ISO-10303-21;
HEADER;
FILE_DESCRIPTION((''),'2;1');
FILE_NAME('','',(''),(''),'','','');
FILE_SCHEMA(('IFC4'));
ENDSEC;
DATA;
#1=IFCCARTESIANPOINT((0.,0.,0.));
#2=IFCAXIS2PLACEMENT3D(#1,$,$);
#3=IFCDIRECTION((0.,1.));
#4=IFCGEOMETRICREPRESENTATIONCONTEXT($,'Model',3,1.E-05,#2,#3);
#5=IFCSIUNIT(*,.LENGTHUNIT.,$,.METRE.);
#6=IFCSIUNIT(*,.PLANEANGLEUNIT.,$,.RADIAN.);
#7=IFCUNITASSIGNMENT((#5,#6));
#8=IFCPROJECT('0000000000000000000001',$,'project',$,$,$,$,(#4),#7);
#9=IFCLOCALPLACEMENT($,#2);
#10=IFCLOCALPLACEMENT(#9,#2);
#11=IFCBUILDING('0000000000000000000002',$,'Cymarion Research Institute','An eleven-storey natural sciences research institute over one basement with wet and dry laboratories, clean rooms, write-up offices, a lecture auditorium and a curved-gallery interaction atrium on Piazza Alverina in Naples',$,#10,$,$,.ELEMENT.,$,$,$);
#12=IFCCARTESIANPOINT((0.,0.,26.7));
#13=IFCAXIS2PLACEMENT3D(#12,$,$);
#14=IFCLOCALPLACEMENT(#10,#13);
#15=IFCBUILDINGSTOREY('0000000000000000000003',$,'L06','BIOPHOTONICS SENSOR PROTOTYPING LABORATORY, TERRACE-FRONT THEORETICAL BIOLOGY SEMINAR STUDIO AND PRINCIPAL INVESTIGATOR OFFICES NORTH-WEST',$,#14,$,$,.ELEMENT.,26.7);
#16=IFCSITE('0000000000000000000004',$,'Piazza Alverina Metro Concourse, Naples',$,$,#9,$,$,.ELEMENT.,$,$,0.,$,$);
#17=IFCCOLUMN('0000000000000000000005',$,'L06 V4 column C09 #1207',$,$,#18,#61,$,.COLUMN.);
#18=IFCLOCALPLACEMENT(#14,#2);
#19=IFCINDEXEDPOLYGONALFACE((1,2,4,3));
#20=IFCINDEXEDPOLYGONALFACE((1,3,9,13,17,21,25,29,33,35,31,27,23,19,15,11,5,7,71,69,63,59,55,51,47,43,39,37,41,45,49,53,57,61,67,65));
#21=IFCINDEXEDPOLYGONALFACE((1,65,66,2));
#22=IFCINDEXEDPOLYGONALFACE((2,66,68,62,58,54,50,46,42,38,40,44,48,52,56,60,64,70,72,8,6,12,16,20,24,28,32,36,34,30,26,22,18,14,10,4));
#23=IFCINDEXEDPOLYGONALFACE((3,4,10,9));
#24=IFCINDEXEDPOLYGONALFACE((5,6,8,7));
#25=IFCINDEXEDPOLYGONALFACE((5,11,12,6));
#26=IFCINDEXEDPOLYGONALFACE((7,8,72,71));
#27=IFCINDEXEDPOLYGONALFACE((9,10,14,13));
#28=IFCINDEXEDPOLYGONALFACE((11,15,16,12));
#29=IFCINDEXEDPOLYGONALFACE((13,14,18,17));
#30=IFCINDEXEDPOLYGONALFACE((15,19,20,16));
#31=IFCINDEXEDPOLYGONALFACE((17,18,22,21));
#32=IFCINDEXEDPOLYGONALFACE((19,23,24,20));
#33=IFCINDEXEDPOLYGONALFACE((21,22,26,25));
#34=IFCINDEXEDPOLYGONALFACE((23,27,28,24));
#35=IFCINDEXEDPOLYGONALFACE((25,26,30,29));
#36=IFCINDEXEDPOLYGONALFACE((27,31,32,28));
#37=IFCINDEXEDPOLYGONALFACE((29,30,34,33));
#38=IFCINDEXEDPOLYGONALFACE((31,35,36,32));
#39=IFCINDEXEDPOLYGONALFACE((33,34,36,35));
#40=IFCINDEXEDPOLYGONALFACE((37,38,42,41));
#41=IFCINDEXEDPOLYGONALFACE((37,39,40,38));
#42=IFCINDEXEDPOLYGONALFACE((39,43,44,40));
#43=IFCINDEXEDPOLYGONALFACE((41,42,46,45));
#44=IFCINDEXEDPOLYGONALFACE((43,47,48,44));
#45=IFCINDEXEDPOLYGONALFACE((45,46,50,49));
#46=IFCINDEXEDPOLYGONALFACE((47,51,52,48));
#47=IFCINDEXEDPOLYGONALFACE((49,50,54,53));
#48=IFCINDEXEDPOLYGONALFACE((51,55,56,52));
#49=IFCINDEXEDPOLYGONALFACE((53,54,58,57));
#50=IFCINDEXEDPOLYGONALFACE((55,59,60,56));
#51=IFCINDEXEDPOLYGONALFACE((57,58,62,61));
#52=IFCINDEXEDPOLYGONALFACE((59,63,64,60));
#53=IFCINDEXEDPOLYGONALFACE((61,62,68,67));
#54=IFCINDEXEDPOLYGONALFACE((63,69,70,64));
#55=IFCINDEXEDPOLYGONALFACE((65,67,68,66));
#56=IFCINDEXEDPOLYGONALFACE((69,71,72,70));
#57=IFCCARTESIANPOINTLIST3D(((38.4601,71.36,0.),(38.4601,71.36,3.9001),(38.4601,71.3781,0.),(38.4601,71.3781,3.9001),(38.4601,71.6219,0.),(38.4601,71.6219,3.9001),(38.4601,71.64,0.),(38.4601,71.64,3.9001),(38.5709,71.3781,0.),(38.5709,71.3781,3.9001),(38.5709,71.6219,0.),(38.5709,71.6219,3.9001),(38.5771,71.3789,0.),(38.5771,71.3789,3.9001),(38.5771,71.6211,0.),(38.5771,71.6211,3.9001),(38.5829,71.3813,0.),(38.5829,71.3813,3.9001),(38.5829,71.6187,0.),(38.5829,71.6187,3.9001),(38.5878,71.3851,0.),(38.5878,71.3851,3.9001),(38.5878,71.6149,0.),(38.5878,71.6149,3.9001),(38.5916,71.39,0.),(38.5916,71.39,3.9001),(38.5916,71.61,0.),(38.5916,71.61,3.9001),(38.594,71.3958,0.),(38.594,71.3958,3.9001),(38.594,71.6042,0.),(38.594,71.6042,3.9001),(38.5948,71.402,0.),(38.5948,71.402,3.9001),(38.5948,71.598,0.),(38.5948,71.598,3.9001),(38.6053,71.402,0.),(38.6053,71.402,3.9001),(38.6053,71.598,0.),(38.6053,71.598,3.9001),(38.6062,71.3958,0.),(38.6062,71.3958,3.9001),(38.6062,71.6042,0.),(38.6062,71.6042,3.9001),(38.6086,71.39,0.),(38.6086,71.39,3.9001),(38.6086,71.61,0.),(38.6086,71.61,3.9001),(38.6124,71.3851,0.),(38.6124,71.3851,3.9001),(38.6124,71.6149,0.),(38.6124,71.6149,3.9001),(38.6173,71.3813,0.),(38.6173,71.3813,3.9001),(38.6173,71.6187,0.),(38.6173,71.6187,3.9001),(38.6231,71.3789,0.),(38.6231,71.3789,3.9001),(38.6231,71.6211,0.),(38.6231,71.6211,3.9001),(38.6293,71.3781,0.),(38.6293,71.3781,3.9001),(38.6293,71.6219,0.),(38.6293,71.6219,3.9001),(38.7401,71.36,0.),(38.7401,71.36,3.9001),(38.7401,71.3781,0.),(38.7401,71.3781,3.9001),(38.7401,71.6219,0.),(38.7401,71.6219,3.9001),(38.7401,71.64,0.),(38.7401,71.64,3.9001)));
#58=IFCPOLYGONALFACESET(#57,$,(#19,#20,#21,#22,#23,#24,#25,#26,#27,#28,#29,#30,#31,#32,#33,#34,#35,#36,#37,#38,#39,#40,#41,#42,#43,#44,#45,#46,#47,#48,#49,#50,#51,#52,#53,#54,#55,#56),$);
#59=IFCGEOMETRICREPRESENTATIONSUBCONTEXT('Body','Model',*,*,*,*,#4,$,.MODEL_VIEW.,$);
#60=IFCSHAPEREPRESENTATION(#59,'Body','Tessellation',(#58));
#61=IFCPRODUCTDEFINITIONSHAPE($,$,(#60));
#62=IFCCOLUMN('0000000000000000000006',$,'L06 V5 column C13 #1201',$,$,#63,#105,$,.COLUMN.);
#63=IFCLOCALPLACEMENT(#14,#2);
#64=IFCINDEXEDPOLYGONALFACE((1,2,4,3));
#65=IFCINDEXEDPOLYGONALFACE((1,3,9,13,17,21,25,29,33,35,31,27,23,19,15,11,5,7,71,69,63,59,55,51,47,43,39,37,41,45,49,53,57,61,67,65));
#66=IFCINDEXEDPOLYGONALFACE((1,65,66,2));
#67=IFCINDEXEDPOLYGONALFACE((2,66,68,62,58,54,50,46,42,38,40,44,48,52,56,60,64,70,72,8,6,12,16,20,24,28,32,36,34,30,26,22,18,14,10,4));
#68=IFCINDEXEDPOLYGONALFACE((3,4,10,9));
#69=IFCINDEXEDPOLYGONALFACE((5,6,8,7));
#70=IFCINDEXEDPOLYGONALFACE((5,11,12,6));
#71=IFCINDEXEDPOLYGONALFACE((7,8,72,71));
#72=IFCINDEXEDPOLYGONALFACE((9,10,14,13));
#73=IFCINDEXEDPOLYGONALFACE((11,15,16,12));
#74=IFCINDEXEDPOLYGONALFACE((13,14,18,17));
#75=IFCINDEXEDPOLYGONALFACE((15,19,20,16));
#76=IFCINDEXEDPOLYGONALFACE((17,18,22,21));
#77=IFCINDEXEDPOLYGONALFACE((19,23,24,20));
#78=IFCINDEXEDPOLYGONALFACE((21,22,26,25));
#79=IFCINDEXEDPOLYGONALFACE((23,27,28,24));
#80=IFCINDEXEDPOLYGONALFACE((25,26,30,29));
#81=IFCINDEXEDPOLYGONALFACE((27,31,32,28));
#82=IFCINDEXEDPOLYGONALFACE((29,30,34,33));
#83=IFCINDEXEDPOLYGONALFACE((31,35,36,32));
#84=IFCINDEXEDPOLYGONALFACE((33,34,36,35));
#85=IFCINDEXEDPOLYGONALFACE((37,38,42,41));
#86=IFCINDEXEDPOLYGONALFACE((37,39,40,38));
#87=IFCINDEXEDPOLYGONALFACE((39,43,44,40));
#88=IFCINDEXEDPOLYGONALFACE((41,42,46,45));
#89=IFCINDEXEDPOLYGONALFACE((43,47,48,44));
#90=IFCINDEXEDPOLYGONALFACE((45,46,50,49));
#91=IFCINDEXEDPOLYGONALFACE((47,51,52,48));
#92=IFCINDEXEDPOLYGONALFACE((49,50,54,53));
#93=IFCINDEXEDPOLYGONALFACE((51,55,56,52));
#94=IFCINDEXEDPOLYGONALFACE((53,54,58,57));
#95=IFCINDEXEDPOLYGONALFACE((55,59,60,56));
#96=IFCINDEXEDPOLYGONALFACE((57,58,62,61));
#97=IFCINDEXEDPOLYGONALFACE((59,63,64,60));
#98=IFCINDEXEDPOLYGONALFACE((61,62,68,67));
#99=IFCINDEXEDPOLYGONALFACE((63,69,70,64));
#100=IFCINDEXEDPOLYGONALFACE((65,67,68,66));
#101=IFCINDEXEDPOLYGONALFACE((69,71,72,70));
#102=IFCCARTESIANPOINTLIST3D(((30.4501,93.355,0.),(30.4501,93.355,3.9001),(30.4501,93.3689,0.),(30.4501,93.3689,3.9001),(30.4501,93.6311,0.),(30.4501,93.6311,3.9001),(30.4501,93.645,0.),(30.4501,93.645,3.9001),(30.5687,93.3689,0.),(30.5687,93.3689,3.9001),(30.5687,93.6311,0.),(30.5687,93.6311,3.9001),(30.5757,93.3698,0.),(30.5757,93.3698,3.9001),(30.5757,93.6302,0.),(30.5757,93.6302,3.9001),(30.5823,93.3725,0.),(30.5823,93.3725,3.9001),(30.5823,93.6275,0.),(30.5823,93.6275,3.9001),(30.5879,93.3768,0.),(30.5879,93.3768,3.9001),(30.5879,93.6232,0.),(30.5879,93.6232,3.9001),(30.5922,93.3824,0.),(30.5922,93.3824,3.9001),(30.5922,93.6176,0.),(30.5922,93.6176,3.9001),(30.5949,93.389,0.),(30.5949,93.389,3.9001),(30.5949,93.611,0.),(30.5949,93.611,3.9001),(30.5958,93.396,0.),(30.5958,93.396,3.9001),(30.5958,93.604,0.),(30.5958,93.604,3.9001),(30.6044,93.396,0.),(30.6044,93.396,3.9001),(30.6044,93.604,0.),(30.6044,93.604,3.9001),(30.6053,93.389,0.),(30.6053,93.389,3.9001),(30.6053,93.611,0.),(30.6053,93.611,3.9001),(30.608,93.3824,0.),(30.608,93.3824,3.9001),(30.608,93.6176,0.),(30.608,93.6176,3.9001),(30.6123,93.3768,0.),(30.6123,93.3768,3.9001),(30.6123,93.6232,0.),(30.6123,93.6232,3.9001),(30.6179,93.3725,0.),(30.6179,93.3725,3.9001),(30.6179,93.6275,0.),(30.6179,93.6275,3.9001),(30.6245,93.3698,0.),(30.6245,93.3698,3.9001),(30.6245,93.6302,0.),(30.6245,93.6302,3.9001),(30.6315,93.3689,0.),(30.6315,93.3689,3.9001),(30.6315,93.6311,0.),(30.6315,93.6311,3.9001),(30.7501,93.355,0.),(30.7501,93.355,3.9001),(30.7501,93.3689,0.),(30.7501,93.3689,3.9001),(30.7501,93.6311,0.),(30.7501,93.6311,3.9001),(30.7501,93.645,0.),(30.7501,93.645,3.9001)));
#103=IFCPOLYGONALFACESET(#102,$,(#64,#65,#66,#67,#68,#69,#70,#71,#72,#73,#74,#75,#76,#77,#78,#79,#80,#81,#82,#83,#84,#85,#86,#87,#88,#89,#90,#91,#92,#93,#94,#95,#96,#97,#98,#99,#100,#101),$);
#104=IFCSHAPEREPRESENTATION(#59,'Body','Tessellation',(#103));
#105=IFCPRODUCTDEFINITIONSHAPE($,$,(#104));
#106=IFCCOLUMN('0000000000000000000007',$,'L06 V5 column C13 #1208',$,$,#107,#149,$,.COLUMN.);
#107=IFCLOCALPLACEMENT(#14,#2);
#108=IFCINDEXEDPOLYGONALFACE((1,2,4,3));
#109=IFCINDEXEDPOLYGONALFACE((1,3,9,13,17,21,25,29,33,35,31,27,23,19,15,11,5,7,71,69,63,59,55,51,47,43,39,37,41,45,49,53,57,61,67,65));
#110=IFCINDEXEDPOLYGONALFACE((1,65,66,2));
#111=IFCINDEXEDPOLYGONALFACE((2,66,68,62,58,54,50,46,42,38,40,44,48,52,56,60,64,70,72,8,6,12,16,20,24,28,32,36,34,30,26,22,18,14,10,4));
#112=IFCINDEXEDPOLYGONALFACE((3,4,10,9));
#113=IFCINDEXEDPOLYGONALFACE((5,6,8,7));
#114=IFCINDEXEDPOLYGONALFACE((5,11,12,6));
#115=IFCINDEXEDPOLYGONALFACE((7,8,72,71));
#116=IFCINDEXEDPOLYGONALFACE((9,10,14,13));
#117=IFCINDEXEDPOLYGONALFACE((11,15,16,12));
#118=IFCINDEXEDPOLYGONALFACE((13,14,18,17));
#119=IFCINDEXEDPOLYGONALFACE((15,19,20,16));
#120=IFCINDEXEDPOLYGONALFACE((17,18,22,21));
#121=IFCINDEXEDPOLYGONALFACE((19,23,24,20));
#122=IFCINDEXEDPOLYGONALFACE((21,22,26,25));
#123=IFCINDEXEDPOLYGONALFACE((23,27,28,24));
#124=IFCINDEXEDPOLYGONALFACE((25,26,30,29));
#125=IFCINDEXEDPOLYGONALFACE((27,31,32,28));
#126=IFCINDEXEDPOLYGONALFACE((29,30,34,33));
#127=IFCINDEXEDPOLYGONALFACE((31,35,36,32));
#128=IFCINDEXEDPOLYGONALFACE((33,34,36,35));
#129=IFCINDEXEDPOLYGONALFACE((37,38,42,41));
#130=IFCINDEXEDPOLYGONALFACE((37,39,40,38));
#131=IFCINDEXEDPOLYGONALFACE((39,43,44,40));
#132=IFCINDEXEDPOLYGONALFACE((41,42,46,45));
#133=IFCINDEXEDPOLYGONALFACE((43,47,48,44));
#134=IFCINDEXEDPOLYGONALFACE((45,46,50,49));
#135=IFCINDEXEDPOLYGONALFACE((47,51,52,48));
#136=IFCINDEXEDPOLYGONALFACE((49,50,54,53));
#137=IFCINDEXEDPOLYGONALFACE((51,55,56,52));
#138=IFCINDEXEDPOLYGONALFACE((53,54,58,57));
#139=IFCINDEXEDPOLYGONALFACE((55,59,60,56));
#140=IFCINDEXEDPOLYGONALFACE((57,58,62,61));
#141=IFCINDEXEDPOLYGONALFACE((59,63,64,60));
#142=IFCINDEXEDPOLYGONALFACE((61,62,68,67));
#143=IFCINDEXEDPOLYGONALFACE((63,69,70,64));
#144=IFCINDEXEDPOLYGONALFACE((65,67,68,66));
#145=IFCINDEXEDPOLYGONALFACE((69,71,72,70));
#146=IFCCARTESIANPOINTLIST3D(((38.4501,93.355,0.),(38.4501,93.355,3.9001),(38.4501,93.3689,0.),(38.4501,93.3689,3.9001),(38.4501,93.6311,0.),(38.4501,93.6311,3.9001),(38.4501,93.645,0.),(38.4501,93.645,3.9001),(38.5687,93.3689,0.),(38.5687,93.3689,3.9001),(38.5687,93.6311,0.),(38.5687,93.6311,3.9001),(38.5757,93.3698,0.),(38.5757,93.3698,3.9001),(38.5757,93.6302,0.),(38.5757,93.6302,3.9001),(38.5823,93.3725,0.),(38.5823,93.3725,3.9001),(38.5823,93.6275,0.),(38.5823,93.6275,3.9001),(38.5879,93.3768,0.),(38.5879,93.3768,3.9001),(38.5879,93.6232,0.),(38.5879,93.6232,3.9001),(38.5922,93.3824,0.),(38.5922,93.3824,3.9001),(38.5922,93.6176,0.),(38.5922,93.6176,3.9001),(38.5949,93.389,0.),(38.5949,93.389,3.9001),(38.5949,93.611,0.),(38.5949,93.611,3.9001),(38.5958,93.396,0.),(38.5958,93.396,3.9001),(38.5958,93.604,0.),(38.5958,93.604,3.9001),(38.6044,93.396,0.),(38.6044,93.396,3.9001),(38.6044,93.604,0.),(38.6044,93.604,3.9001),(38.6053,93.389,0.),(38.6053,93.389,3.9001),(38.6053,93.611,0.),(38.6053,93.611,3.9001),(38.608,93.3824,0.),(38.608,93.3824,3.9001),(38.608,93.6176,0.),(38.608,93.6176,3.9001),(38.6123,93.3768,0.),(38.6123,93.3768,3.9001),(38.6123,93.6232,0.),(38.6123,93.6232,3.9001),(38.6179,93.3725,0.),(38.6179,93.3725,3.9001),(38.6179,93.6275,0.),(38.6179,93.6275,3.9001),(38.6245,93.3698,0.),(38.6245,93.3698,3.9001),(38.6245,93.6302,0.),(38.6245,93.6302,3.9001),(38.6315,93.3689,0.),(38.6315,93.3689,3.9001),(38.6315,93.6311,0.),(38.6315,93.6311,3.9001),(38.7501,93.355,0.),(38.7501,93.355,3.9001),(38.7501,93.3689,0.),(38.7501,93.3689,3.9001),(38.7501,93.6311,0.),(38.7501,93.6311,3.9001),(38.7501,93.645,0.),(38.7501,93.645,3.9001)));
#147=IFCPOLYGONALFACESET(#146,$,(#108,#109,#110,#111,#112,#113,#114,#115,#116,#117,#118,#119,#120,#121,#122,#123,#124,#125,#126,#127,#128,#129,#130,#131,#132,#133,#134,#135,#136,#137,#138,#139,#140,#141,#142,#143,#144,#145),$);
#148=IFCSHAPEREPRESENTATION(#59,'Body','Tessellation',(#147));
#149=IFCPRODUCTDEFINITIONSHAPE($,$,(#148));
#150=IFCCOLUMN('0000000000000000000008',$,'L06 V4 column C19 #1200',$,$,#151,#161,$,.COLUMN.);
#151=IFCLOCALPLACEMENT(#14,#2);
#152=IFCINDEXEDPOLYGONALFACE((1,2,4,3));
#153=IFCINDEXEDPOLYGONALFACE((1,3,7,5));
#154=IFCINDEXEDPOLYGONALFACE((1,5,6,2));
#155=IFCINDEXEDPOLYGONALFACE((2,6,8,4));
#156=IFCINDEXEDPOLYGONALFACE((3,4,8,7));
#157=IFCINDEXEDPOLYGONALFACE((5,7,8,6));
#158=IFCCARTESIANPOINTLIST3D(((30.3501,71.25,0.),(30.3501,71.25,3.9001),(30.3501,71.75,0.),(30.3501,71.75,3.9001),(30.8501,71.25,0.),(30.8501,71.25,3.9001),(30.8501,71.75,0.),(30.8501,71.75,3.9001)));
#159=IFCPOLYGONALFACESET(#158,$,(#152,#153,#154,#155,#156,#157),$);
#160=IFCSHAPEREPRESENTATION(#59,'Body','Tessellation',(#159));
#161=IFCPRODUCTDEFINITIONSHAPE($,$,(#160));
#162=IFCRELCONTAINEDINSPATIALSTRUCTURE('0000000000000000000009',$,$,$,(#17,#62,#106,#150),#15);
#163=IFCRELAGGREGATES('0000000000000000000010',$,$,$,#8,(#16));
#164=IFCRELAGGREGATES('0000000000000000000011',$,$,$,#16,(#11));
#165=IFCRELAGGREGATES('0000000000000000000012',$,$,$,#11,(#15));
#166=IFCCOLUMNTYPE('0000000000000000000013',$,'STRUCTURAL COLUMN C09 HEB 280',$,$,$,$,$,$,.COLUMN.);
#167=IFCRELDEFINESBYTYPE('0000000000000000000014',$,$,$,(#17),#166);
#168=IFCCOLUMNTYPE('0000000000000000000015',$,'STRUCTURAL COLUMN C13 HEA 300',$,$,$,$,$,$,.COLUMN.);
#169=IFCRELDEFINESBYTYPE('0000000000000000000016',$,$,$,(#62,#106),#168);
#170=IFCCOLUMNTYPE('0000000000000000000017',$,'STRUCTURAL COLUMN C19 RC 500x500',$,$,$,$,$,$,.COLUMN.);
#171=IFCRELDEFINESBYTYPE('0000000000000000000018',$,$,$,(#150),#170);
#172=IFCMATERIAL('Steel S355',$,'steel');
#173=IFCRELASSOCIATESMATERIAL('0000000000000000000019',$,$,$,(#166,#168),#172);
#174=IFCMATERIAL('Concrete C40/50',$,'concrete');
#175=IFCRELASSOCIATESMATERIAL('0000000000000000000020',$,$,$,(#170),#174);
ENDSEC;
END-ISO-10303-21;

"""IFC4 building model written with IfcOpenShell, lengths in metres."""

from ifc_helpers import new_model, si_unit, direction, frame, origin, origin_2d, place, context, subcontext, project, spatial, rectangle, i_section, extrude, material, material_profile, profile_set, type_object, element, save


model = new_model("IFC4")

# Units and contexts
model_context = context("Model", 3, precision=1e-05, world=origin(), true_north=direction((0.0, 1.0)))
body_context = subcontext(model_context, "Body", "Model", "MODEL_VIEW")
ifc_project = project(units=[si_unit("LENGTHUNIT", "METRE"), si_unit("PLANEANGLEUNIT", "RADIAN")], contexts=[model_context])

# Site, building, storey
site_placement = place(None, origin())
site = spatial("IfcSite", under=ifc_project, at=site_placement, Name="Piazza Alverina Metro Concourse, Naples", CompositionType="ELEMENT", RefElevation=0.0)
building_placement = place(site_placement, origin())
building = spatial("IfcBuilding", under=site, at=building_placement, Name="Cymarion Research Institute", Description="An eleven-storey natural sciences research institute over one basement with wet and dry laboratories, clean rooms, write-up offices, a lecture auditorium and a curved-gallery interaction atrium on Piazza Alverina in Naples", CompositionType="ELEMENT")
storey_placement = place(building_placement, frame((0.0, 0.0, 26.7)))
storey = spatial("IfcBuildingStorey", under=building, at=storey_placement, Name="L06", Description="BIOPHOTONICS SENSOR PROTOTYPING LABORATORY, TERRACE-FRONT THEORETICAL BIOLOGY SEMINAR STUDIO AND PRINCIPAL INVESTIGATOR OFFICES NORTH-WEST", CompositionType="ELEMENT", Elevation=26.7)

# Columns
ifc_material_1 = material(Name="Steel S355", Category="steel")
ifc_material_profile_1 = material_profile(ifc_material_1, i_section(OverallWidth=0.28, OverallDepth=0.28, WebThickness=0.0105, FlangeThickness=0.0181, FilletRadius=0.0239, at=origin_2d()), Name="HEB 280")
ifc_profile_set_1 = profile_set([ifc_material_profile_1], Name="Steel S355")
column_type_1 = type_object("IfcColumnType", Name="STRUCTURAL COLUMN C09 HEB 280", PredefinedType="COLUMN", material=ifc_profile_set_1)
column_1_placement = place(storey_placement, frame((38.6001, 71.5, 0.0), z_axis=(0.0, 0.0, 1.0), x_axis=(1.0, 0.0, 0.0)))
element("IfcColumn", 1, at=column_1_placement, inside=storey, type_object=column_type_1, Name="L06 V4 column C09 #1207", PredefinedType="COLUMN", context=body_context, shape_type="SweptSolid", body=[
    extrude(i_section(OverallWidth=0.28, OverallDepth=0.28, WebThickness=0.0105, FlangeThickness=0.0181, FilletRadius=0.0239, at=origin_2d()), origin(), (0.0, 0.0, 1.0), 3.9001),
])
ifc_material_profile_2 = material_profile(ifc_material_1, i_section(OverallWidth=0.3, OverallDepth=0.29, WebThickness=0.0085, FlangeThickness=0.0139, FilletRadius=0.0271, at=origin_2d()), Name="HEA 300")
ifc_profile_set_2 = profile_set([ifc_material_profile_2], Name="Steel S355")
column_type_2 = type_object("IfcColumnType", Name="STRUCTURAL COLUMN C13 HEA 300", PredefinedType="COLUMN", material=ifc_profile_set_2)
for number, where, z_axis, x_axis, name in (
    (2, (30.6001, 93.5, 0.0), (0.0, 0.0, 1.0), (1.0, 0.0, 0.0), "L06 V5 column C13 #1201"),
    (3, (38.6001, 93.5, 0.0), (0.0, 0.0, 1.0), (1.0, 0.0, 0.0), "L06 V5 column C13 #1208"),
):
    element("IfcColumn", number, at=place(storey_placement, frame(where, z_axis=z_axis, x_axis=x_axis)), inside=storey, type_object=column_type_2, Name=name, PredefinedType="COLUMN", context=body_context, shape_type="SweptSolid", body=[
        extrude(i_section(OverallWidth=0.3, OverallDepth=0.29, WebThickness=0.0085, FlangeThickness=0.0139, FilletRadius=0.0271, at=origin_2d()), origin(), (0.0, 0.0, 1.0), 3.9001),
    ])
ifc_material_2 = material(Name="Concrete C40/50", Category="concrete")
ifc_material_profile_3 = material_profile(ifc_material_2, rectangle(XDim=0.5, YDim=0.5, at=origin_2d()), Name="RC 500x500")
ifc_profile_set_3 = profile_set([ifc_material_profile_3], Name="Concrete C40/50")
column_type_3 = type_object("IfcColumnType", Name="STRUCTURAL COLUMN C19 RC 500x500", PredefinedType="COLUMN", material=ifc_profile_set_3)
column_2_placement = place(storey_placement, frame((30.6001, 71.5, 0.0), z_axis=(0.0, 0.0, 1.0), x_axis=(1.0, 0.0, 0.0)))
element("IfcColumn", 4, at=column_2_placement, inside=storey, type_object=column_type_3, Name="L06 V4 column C19 #1200", PredefinedType="COLUMN", context=body_context, shape_type="SweptSolid", body=[
    extrude(rectangle(XDim=0.5, YDim=0.5, at=origin_2d()), origin(), (0.0, 0.0, 1.0), 3.9001),
])

save(model, "model.ifc")
